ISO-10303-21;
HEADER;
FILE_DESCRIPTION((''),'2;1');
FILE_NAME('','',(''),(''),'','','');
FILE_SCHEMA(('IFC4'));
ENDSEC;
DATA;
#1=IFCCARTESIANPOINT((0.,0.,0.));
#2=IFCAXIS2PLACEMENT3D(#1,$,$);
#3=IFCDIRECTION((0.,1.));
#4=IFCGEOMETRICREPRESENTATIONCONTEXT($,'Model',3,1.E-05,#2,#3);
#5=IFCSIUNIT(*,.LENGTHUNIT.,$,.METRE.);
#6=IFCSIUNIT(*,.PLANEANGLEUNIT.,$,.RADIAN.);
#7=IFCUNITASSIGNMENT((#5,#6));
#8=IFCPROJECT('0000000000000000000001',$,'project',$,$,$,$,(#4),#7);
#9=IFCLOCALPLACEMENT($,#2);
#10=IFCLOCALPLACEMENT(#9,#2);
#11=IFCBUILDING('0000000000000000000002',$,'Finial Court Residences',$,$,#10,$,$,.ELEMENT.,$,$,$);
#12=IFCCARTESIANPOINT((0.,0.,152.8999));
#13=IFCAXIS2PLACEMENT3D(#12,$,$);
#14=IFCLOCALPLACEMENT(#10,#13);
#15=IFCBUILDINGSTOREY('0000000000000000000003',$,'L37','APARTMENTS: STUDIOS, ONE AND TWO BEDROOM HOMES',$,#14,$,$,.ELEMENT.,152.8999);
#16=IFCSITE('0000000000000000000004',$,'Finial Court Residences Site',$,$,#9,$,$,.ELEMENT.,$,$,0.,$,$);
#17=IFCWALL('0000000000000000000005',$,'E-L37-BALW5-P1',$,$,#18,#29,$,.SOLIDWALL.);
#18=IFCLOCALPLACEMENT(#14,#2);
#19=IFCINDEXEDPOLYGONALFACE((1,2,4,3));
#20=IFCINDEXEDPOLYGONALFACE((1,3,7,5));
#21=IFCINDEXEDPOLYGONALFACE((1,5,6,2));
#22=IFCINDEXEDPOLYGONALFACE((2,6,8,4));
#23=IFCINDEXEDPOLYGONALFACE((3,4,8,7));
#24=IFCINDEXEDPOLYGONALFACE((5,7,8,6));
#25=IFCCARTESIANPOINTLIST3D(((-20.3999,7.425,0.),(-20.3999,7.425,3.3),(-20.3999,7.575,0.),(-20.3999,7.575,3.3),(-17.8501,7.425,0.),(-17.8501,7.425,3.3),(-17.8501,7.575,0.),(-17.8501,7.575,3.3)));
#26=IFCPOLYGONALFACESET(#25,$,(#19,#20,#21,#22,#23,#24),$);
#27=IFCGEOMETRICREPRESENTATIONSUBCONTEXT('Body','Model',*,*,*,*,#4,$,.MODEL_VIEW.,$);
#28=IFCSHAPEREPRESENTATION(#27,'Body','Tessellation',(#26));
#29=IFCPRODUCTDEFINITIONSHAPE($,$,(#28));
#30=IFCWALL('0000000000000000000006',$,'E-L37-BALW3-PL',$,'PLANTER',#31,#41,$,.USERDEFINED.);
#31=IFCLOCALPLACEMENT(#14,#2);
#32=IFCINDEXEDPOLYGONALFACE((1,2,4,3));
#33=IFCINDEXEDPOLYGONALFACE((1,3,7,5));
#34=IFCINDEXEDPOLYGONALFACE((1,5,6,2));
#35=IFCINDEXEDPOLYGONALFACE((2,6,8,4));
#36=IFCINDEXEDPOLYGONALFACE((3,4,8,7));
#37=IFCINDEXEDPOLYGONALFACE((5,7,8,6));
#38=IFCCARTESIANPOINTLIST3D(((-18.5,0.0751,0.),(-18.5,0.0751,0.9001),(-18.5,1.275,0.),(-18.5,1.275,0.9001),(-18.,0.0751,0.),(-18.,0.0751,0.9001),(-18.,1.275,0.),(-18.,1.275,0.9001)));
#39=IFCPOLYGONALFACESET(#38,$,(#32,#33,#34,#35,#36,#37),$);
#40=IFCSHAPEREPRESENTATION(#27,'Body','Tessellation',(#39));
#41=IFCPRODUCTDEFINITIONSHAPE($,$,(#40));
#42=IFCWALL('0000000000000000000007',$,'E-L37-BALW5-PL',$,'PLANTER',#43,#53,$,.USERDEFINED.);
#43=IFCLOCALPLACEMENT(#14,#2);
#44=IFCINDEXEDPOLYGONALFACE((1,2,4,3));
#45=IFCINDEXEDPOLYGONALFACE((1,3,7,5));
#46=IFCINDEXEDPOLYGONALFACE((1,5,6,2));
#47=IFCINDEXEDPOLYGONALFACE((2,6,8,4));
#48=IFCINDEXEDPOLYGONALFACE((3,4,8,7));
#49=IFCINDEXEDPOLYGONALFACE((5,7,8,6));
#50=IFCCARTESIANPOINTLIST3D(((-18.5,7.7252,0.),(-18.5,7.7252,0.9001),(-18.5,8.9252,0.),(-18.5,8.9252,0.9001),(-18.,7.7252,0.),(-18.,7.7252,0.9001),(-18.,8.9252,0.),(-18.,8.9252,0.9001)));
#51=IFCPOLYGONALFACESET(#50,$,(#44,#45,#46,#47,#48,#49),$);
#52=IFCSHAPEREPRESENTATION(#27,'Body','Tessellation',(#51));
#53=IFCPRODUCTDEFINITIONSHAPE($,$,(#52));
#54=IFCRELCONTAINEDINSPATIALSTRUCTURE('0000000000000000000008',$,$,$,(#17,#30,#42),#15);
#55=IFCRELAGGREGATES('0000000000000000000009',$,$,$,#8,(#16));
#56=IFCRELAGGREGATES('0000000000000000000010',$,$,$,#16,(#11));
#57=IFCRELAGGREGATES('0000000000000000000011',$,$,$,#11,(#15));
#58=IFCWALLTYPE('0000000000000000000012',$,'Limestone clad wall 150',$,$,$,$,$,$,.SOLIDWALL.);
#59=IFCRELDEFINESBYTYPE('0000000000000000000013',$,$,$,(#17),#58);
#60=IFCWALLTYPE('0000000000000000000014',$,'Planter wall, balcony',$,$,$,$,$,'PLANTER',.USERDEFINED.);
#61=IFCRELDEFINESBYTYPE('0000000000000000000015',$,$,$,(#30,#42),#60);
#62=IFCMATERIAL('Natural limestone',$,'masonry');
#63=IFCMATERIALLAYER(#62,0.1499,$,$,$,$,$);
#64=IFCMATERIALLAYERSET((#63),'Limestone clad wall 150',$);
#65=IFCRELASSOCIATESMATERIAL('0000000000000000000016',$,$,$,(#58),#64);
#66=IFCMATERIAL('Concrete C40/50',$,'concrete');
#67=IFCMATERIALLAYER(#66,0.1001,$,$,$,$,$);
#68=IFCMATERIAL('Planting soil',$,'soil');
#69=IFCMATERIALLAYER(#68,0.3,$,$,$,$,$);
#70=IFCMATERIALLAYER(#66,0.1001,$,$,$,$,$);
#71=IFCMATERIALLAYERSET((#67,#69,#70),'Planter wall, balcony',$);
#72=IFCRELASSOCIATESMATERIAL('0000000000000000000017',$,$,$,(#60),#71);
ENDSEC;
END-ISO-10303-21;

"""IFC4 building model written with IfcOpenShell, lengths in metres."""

from ifc_helpers import new_model, si_unit, direction, frame, frame_2d, origin, place, context, subcontext, project, spatial, rectangle, extrude, material, layer, layer_set, type_object, element, save


model = new_model("IFC4")

# Units and contexts
model_context = context("Model", 3, precision=1e-05, world=origin(), true_north=direction((0.0, 1.0)))
body_context = subcontext(model_context, "Body", "Model", "MODEL_VIEW")
ifc_project = project(units=[si_unit("LENGTHUNIT", "METRE"), si_unit("PLANEANGLEUNIT", "RADIAN")], contexts=[model_context])

# Site, building, storey
site_placement = place(None, origin())
site = spatial("IfcSite", under=ifc_project, at=site_placement, Name="Finial Court Residences Site", CompositionType="ELEMENT", RefElevation=0.0)
building_placement = place(site_placement, origin())
building = spatial("IfcBuilding", under=site, at=building_placement, Name="Finial Court Residences", CompositionType="ELEMENT")
storey_placement = place(building_placement, frame((0.0, 0.0, 152.8999)))
storey = spatial("IfcBuildingStorey", under=building, at=storey_placement, Name="L37", Description="APARTMENTS: STUDIOS, ONE AND TWO BEDROOM HOMES", CompositionType="ELEMENT", Elevation=152.8999)

# Wall
ifc_material_1 = material(Name="Natural limestone", Category="masonry")
ifc_layer_1 = layer(ifc_material_1, 0.1499)
ifc_layer_set_1 = layer_set([ifc_layer_1], Name="Limestone clad wall 150")
wall_type_1 = type_object("IfcWallType", Name="Limestone clad wall 150", PredefinedType="SOLIDWALL", material=ifc_layer_set_1)
for number, where, z_axis, x_axis, name in (
    (1, (-17.8501, 7.5, 0.0), (0.0, 0.0, 1.0), (-1.0, 0.0, 0.0), "E-L37-BALW5-P1"),
):
    element("IfcWall", number, at=place(storey_placement, frame(where, z_axis=z_axis, x_axis=x_axis)), inside=storey, type_object=wall_type_1, Name=name, PredefinedType="SOLIDWALL", context=body_context, shape_type="SweptSolid", body=[
        extrude(rectangle(XDim=2.5498, YDim=0.1499, at=frame_2d((1.2749, 0.0))), origin(), (0.0, 0.0, 1.0), 3.3),
    ])

# Walls
ifc_material_2 = material(Name="Concrete C40/50", Category="concrete")
ifc_layer_2 = layer(ifc_material_2, 0.1001)
ifc_material_3 = material(Name="Planting soil", Category="soil")
ifc_layer_3 = layer(ifc_material_3, 0.3)
ifc_layer_4 = layer(ifc_material_2, 0.1001)
ifc_layer_set_2 = layer_set([ifc_layer_2, ifc_layer_3, ifc_layer_4], Name="Planter wall, balcony")
wall_type_2 = type_object("IfcWallType", Name="Planter wall, balcony", ElementType="PLANTER", PredefinedType="USERDEFINED", material=ifc_layer_set_2)
for number, where, z_axis, x_axis, name in (
    (2, (-18.25, 0.075, 0.0), (0.0, 0.0, 1.0), (0.0, 1.0, 0.0), "E-L37-BALW3-PL"),
    (3, (-18.25, 7.7251, 0.0), (0.0, 0.0, 1.0), (0.0, 1.0, 0.0), "E-L37-BALW5-PL"),
):
    element("IfcWall", number, at=place(storey_placement, frame(where, z_axis=z_axis, x_axis=x_axis)), inside=storey, type_object=wall_type_2, Name=name, ObjectType="PLANTER", PredefinedType="USERDEFINED", context=body_context, shape_type="SweptSolid", body=[
        extrude(rectangle(XDim=1.2, YDim=0.5, at=frame_2d((0.6001, 0.0))), origin(), (0.0, 0.0, 1.0), 0.9001),
    ])

save(model, "model.ifc")
